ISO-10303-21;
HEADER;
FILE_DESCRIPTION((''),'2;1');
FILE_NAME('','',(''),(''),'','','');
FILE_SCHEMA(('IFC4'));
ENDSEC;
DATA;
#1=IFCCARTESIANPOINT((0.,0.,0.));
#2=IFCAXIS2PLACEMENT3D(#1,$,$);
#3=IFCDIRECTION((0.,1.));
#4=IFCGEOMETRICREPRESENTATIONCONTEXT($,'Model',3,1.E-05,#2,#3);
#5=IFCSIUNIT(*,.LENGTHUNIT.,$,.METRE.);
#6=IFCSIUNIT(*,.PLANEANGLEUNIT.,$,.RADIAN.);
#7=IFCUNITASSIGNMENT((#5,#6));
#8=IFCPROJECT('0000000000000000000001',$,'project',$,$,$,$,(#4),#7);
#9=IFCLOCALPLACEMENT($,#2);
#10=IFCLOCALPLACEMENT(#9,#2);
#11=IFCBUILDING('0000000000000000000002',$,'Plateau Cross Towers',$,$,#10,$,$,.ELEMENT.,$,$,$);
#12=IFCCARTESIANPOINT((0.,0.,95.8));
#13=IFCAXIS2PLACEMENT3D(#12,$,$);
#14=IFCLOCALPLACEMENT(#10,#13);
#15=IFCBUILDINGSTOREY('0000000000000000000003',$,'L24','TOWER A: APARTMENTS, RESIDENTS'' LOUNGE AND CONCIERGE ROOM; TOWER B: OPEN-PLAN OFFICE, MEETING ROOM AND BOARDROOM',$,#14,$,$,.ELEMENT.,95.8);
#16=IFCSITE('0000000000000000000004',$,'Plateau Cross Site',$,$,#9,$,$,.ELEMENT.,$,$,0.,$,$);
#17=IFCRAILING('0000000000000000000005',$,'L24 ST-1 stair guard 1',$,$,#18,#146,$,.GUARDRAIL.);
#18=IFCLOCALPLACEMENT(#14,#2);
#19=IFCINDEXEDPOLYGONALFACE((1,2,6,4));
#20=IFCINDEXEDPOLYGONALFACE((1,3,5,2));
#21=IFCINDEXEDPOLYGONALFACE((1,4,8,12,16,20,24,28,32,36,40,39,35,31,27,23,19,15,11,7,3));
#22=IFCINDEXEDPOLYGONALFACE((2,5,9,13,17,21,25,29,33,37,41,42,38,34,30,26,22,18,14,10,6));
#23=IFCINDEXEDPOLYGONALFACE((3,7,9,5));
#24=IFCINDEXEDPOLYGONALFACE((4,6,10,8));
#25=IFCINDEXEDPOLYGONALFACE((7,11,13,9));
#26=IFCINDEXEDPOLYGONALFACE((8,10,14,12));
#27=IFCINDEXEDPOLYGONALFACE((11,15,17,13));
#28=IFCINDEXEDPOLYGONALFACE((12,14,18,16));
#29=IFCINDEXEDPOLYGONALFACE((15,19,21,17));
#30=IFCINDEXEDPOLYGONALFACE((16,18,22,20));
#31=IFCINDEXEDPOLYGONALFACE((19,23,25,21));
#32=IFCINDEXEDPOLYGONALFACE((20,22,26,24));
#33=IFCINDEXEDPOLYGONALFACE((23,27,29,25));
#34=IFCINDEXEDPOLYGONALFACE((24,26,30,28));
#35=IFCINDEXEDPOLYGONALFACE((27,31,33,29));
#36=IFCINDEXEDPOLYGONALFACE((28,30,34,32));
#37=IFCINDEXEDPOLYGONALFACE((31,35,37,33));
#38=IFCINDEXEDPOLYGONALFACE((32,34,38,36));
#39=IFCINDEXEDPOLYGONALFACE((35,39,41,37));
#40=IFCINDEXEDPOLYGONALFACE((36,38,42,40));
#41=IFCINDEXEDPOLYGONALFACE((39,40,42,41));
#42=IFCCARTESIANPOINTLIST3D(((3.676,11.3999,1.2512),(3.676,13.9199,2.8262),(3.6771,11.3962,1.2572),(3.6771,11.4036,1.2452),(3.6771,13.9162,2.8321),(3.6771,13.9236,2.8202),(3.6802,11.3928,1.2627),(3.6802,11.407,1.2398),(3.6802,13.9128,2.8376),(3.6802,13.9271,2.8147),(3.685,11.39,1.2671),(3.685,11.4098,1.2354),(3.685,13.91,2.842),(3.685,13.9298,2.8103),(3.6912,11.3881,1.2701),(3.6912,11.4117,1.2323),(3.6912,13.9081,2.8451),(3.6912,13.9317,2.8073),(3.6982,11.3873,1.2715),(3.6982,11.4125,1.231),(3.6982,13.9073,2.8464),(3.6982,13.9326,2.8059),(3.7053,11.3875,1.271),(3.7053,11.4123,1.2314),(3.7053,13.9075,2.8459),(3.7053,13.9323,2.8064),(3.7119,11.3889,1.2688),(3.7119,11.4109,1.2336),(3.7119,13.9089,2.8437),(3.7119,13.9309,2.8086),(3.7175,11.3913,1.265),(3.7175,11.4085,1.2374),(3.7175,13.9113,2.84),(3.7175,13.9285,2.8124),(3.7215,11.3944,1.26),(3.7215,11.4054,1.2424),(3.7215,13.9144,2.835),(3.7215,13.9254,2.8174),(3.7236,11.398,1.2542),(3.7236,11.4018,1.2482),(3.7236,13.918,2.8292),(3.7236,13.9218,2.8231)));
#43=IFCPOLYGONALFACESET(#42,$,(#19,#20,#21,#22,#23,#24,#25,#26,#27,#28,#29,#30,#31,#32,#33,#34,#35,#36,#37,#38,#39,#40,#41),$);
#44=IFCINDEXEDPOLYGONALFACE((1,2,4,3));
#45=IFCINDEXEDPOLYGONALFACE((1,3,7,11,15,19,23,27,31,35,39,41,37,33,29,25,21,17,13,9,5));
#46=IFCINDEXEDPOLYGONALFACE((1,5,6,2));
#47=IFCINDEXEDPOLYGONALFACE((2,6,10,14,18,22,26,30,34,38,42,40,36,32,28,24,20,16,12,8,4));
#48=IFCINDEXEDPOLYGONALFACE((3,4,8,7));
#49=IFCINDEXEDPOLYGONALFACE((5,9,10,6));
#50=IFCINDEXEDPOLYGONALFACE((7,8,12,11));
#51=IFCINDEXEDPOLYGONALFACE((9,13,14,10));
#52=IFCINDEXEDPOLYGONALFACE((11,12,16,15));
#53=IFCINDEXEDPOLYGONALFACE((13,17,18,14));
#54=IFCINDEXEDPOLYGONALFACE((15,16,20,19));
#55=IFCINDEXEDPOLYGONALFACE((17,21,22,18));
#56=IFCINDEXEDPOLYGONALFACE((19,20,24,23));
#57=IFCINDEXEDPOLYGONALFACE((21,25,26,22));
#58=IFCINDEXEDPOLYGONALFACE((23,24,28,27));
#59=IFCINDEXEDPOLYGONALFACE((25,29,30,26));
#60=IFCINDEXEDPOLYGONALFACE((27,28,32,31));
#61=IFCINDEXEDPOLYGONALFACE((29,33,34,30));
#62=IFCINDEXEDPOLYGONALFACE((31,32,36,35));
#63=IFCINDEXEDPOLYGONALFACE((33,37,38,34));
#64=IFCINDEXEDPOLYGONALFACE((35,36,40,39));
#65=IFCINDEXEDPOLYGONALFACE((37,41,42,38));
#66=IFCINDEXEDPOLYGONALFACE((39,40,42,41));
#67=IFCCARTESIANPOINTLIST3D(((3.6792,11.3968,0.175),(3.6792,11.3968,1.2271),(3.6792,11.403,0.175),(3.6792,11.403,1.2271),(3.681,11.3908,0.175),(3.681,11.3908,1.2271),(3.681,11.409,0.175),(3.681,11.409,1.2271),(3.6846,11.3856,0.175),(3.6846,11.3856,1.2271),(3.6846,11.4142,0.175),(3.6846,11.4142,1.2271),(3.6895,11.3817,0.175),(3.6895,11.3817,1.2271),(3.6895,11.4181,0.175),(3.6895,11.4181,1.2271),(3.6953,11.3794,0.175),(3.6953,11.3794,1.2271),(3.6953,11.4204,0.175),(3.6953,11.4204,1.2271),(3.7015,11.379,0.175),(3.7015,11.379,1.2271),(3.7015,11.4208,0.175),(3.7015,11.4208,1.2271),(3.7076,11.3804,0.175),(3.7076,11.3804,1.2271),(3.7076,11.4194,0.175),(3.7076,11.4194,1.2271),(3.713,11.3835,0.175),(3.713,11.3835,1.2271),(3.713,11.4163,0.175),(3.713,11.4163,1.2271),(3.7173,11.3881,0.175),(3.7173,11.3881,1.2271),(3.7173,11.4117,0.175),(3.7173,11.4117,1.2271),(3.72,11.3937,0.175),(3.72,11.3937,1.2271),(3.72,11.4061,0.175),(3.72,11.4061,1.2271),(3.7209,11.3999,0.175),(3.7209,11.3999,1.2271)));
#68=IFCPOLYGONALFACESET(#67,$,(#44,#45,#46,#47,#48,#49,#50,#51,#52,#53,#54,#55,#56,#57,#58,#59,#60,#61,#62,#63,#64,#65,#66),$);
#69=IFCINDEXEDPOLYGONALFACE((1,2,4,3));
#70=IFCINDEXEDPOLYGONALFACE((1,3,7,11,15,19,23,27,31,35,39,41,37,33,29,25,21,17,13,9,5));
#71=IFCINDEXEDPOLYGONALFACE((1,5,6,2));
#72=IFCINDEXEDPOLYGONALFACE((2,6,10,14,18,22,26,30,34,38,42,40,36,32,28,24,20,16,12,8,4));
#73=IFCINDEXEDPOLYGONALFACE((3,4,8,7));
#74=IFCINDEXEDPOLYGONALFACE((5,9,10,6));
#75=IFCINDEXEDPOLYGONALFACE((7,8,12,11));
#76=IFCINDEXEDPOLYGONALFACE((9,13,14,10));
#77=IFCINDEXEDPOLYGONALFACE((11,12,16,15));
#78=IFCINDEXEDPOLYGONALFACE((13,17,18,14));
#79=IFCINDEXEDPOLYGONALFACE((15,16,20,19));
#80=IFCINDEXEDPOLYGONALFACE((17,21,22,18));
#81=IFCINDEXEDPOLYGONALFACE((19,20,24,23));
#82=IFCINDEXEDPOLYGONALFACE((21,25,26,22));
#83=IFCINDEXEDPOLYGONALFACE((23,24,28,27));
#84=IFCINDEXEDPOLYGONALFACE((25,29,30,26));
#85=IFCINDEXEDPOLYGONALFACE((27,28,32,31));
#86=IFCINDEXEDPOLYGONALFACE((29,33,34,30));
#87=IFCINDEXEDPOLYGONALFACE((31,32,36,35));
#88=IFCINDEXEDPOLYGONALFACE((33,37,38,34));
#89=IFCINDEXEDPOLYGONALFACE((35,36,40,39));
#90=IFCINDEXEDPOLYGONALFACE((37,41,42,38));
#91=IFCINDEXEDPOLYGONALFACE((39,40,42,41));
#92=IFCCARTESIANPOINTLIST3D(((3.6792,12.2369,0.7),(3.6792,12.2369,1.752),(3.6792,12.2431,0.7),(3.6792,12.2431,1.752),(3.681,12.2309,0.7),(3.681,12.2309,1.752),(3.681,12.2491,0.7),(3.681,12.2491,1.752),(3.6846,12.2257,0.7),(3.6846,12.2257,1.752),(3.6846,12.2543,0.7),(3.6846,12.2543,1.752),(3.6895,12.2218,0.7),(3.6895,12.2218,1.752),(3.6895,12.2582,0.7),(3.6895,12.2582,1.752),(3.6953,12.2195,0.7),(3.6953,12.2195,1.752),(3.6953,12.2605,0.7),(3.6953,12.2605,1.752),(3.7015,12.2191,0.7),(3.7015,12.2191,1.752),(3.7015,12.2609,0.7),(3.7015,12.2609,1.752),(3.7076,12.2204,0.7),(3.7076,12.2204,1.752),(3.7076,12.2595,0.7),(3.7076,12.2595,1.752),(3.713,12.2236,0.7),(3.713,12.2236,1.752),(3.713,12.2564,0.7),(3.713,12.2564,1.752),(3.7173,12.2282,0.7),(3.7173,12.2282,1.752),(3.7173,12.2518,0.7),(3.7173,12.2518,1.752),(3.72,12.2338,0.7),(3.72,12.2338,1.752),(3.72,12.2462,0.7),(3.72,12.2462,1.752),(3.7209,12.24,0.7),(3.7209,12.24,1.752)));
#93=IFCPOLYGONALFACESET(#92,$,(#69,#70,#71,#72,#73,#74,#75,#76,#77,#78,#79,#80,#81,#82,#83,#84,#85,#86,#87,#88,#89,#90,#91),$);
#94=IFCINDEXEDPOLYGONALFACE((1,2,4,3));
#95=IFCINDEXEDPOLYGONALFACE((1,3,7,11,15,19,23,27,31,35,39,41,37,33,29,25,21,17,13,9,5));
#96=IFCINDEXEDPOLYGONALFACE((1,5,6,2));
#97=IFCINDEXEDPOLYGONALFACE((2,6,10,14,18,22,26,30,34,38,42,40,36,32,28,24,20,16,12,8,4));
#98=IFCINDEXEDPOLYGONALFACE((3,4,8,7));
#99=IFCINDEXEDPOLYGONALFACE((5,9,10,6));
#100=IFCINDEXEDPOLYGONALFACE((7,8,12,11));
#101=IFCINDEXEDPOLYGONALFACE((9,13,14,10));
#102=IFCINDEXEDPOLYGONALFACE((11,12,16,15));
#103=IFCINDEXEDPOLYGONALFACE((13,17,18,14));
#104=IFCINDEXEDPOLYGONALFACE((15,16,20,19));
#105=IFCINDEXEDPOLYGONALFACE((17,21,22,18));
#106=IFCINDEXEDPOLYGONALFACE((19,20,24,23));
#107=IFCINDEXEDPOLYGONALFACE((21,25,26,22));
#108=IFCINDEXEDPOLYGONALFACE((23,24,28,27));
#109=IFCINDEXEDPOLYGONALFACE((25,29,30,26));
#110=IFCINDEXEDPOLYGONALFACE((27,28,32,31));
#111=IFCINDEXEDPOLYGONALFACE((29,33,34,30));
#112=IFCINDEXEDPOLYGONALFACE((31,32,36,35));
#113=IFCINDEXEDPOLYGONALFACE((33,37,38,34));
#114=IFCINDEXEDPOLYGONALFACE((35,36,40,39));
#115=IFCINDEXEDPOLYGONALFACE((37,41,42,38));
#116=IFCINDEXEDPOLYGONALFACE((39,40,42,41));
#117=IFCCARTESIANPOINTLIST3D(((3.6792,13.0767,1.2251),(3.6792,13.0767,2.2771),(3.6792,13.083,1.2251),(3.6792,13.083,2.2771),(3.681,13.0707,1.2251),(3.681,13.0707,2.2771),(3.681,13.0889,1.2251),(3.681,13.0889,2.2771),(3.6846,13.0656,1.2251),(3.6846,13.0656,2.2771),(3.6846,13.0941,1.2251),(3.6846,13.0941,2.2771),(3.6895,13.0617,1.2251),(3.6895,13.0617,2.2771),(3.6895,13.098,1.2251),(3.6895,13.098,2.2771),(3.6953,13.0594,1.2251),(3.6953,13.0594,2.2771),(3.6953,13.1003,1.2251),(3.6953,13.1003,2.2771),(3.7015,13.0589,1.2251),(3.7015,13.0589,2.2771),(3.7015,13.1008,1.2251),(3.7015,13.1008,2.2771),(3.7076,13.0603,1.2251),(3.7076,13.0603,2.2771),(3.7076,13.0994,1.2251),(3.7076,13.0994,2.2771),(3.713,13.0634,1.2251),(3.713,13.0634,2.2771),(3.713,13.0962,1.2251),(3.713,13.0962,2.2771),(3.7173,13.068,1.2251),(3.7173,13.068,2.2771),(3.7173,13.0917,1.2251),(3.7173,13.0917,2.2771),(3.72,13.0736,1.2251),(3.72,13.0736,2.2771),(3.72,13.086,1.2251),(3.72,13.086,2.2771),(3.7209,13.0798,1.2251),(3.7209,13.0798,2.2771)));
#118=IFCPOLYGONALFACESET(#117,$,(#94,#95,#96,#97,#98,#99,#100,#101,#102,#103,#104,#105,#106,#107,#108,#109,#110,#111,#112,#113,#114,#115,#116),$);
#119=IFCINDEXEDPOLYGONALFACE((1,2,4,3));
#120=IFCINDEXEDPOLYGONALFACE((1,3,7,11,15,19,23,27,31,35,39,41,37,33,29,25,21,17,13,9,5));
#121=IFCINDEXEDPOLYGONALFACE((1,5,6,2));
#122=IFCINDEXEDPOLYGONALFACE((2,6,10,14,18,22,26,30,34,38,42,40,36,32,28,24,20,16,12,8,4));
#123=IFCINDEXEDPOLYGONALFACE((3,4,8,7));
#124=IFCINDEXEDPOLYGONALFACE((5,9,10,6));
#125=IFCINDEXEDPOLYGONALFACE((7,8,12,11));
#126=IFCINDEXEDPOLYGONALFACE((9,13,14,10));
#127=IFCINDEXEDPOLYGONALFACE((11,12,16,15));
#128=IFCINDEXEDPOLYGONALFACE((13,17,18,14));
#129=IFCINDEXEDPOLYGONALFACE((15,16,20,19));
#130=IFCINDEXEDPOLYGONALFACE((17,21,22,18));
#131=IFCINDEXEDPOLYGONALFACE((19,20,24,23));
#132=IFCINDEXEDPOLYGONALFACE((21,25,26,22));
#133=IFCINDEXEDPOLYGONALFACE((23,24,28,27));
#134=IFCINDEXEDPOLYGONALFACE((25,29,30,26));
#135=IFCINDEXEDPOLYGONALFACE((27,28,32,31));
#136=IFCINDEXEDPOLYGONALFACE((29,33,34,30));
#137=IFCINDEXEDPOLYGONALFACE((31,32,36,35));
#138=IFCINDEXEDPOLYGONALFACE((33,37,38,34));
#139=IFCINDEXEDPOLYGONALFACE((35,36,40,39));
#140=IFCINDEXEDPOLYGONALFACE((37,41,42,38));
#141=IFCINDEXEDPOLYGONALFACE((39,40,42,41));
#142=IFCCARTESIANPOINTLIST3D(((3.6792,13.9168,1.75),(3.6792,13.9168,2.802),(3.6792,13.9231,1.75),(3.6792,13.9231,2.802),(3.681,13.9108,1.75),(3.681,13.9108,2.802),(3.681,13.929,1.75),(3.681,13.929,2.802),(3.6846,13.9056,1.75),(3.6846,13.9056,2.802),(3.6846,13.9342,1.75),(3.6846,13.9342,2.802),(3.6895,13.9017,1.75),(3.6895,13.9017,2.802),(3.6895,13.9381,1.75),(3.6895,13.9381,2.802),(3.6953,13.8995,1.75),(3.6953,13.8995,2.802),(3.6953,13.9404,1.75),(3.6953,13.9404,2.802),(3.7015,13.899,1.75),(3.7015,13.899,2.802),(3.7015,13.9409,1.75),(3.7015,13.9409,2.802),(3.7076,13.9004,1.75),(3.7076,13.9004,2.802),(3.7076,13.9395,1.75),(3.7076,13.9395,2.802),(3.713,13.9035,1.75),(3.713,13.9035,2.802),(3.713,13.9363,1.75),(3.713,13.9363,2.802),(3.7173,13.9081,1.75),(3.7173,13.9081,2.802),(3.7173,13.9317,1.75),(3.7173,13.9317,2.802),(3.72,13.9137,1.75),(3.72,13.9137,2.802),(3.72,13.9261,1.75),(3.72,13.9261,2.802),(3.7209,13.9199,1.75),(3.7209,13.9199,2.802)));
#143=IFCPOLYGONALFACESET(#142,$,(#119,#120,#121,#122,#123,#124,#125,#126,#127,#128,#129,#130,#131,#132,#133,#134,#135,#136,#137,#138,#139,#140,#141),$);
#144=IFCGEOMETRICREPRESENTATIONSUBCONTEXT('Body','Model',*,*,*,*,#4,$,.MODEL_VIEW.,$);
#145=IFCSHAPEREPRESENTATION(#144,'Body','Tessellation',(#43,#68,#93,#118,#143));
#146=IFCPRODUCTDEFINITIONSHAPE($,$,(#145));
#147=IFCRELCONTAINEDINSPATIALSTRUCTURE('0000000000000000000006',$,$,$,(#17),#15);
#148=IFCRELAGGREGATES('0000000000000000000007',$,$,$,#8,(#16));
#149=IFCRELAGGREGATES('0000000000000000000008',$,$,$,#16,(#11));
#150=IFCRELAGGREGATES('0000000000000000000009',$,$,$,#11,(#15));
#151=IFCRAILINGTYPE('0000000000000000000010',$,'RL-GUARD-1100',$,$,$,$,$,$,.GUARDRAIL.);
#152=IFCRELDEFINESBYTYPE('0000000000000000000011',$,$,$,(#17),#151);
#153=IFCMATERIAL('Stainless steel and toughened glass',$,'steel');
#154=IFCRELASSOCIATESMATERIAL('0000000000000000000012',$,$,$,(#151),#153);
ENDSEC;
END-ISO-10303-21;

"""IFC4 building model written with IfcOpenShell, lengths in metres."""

from ifc_helpers import new_model, si_unit, direction, frame, origin, origin_2d, place, context, subcontext, project, spatial, circle, extrude, material, type_object, element, save


model = new_model("IFC4")

# Units and contexts
model_context = context("Model", 3, precision=1e-05, world=origin(), true_north=direction((0.0, 1.0)))
body_context = subcontext(model_context, "Body", "Model", "MODEL_VIEW")
ifc_project = project(units=[si_unit("LENGTHUNIT", "METRE"), si_unit("PLANEANGLEUNIT", "RADIAN")], contexts=[model_context])

# Site, building, storey
site_placement = place(None, origin())
site = spatial("IfcSite", under=ifc_project, at=site_placement, Name="Plateau Cross Site", CompositionType="ELEMENT", RefElevation=0.0)
building_placement = place(site_placement, origin())
building = spatial("IfcBuilding", under=site, at=building_placement, Name="Plateau Cross Towers", CompositionType="ELEMENT")
storey_placement = place(building_placement, frame((0.0, 0.0, 95.8)))
storey = spatial("IfcBuildingStorey", under=building, at=storey_placement, Name="L24", Description="TOWER A: APARTMENTS, RESIDENTS' LOUNGE AND CONCIERGE ROOM; TOWER B: OPEN-PLAN OFFICE, MEETING ROOM AND BOARDROOM", CompositionType="ELEMENT", Elevation=95.8)

# Railing
ifc_material_1 = material(Name="Stainless steel and toughened glass", Category="steel")
railing_type_1 = type_object("IfcRailingType", Name="RL-GUARD-1100", PredefinedType="GUARDRAIL", material=ifc_material_1)
railing_1_placement = place(storey_placement, frame((3.7, 11.3999, 0.175)))
element("IfcRailing", 1, at=railing_1_placement, inside=storey, type_object=railing_type_1, Name="L24 ST-1 stair guard 1", PredefinedType="GUARDRAIL", context=body_context, shape_type="SweptSolid", body=[
    extrude(circle(Radius=0.0239, at=origin_2d()), frame((0.0, 0.0, 1.0762), z_axis=(0.0, 0.848008, 0.529984), x_axis=(-1.0, 0.0, 0.0)), (0.0, 0.0, 1.0), 2.9717),
    extrude(circle(Radius=0.021, at=origin_2d()), origin(), (0.0, 0.0, 1.0), 1.052),
    extrude(circle(Radius=0.021, at=origin_2d()), frame((0.0, 0.8401, 0.5249)), (0.0, 0.0, 1.0), 1.052),
    extrude(circle(Radius=0.021, at=origin_2d()), frame((0.0, 1.6799, 1.05)), (0.0, 0.0, 1.0), 1.052),
    extrude(circle(Radius=0.021, at=origin_2d()), frame((0.0, 2.52, 1.575)), (0.0, 0.0, 1.0), 1.052),
])

save(model, "model.ifc")
